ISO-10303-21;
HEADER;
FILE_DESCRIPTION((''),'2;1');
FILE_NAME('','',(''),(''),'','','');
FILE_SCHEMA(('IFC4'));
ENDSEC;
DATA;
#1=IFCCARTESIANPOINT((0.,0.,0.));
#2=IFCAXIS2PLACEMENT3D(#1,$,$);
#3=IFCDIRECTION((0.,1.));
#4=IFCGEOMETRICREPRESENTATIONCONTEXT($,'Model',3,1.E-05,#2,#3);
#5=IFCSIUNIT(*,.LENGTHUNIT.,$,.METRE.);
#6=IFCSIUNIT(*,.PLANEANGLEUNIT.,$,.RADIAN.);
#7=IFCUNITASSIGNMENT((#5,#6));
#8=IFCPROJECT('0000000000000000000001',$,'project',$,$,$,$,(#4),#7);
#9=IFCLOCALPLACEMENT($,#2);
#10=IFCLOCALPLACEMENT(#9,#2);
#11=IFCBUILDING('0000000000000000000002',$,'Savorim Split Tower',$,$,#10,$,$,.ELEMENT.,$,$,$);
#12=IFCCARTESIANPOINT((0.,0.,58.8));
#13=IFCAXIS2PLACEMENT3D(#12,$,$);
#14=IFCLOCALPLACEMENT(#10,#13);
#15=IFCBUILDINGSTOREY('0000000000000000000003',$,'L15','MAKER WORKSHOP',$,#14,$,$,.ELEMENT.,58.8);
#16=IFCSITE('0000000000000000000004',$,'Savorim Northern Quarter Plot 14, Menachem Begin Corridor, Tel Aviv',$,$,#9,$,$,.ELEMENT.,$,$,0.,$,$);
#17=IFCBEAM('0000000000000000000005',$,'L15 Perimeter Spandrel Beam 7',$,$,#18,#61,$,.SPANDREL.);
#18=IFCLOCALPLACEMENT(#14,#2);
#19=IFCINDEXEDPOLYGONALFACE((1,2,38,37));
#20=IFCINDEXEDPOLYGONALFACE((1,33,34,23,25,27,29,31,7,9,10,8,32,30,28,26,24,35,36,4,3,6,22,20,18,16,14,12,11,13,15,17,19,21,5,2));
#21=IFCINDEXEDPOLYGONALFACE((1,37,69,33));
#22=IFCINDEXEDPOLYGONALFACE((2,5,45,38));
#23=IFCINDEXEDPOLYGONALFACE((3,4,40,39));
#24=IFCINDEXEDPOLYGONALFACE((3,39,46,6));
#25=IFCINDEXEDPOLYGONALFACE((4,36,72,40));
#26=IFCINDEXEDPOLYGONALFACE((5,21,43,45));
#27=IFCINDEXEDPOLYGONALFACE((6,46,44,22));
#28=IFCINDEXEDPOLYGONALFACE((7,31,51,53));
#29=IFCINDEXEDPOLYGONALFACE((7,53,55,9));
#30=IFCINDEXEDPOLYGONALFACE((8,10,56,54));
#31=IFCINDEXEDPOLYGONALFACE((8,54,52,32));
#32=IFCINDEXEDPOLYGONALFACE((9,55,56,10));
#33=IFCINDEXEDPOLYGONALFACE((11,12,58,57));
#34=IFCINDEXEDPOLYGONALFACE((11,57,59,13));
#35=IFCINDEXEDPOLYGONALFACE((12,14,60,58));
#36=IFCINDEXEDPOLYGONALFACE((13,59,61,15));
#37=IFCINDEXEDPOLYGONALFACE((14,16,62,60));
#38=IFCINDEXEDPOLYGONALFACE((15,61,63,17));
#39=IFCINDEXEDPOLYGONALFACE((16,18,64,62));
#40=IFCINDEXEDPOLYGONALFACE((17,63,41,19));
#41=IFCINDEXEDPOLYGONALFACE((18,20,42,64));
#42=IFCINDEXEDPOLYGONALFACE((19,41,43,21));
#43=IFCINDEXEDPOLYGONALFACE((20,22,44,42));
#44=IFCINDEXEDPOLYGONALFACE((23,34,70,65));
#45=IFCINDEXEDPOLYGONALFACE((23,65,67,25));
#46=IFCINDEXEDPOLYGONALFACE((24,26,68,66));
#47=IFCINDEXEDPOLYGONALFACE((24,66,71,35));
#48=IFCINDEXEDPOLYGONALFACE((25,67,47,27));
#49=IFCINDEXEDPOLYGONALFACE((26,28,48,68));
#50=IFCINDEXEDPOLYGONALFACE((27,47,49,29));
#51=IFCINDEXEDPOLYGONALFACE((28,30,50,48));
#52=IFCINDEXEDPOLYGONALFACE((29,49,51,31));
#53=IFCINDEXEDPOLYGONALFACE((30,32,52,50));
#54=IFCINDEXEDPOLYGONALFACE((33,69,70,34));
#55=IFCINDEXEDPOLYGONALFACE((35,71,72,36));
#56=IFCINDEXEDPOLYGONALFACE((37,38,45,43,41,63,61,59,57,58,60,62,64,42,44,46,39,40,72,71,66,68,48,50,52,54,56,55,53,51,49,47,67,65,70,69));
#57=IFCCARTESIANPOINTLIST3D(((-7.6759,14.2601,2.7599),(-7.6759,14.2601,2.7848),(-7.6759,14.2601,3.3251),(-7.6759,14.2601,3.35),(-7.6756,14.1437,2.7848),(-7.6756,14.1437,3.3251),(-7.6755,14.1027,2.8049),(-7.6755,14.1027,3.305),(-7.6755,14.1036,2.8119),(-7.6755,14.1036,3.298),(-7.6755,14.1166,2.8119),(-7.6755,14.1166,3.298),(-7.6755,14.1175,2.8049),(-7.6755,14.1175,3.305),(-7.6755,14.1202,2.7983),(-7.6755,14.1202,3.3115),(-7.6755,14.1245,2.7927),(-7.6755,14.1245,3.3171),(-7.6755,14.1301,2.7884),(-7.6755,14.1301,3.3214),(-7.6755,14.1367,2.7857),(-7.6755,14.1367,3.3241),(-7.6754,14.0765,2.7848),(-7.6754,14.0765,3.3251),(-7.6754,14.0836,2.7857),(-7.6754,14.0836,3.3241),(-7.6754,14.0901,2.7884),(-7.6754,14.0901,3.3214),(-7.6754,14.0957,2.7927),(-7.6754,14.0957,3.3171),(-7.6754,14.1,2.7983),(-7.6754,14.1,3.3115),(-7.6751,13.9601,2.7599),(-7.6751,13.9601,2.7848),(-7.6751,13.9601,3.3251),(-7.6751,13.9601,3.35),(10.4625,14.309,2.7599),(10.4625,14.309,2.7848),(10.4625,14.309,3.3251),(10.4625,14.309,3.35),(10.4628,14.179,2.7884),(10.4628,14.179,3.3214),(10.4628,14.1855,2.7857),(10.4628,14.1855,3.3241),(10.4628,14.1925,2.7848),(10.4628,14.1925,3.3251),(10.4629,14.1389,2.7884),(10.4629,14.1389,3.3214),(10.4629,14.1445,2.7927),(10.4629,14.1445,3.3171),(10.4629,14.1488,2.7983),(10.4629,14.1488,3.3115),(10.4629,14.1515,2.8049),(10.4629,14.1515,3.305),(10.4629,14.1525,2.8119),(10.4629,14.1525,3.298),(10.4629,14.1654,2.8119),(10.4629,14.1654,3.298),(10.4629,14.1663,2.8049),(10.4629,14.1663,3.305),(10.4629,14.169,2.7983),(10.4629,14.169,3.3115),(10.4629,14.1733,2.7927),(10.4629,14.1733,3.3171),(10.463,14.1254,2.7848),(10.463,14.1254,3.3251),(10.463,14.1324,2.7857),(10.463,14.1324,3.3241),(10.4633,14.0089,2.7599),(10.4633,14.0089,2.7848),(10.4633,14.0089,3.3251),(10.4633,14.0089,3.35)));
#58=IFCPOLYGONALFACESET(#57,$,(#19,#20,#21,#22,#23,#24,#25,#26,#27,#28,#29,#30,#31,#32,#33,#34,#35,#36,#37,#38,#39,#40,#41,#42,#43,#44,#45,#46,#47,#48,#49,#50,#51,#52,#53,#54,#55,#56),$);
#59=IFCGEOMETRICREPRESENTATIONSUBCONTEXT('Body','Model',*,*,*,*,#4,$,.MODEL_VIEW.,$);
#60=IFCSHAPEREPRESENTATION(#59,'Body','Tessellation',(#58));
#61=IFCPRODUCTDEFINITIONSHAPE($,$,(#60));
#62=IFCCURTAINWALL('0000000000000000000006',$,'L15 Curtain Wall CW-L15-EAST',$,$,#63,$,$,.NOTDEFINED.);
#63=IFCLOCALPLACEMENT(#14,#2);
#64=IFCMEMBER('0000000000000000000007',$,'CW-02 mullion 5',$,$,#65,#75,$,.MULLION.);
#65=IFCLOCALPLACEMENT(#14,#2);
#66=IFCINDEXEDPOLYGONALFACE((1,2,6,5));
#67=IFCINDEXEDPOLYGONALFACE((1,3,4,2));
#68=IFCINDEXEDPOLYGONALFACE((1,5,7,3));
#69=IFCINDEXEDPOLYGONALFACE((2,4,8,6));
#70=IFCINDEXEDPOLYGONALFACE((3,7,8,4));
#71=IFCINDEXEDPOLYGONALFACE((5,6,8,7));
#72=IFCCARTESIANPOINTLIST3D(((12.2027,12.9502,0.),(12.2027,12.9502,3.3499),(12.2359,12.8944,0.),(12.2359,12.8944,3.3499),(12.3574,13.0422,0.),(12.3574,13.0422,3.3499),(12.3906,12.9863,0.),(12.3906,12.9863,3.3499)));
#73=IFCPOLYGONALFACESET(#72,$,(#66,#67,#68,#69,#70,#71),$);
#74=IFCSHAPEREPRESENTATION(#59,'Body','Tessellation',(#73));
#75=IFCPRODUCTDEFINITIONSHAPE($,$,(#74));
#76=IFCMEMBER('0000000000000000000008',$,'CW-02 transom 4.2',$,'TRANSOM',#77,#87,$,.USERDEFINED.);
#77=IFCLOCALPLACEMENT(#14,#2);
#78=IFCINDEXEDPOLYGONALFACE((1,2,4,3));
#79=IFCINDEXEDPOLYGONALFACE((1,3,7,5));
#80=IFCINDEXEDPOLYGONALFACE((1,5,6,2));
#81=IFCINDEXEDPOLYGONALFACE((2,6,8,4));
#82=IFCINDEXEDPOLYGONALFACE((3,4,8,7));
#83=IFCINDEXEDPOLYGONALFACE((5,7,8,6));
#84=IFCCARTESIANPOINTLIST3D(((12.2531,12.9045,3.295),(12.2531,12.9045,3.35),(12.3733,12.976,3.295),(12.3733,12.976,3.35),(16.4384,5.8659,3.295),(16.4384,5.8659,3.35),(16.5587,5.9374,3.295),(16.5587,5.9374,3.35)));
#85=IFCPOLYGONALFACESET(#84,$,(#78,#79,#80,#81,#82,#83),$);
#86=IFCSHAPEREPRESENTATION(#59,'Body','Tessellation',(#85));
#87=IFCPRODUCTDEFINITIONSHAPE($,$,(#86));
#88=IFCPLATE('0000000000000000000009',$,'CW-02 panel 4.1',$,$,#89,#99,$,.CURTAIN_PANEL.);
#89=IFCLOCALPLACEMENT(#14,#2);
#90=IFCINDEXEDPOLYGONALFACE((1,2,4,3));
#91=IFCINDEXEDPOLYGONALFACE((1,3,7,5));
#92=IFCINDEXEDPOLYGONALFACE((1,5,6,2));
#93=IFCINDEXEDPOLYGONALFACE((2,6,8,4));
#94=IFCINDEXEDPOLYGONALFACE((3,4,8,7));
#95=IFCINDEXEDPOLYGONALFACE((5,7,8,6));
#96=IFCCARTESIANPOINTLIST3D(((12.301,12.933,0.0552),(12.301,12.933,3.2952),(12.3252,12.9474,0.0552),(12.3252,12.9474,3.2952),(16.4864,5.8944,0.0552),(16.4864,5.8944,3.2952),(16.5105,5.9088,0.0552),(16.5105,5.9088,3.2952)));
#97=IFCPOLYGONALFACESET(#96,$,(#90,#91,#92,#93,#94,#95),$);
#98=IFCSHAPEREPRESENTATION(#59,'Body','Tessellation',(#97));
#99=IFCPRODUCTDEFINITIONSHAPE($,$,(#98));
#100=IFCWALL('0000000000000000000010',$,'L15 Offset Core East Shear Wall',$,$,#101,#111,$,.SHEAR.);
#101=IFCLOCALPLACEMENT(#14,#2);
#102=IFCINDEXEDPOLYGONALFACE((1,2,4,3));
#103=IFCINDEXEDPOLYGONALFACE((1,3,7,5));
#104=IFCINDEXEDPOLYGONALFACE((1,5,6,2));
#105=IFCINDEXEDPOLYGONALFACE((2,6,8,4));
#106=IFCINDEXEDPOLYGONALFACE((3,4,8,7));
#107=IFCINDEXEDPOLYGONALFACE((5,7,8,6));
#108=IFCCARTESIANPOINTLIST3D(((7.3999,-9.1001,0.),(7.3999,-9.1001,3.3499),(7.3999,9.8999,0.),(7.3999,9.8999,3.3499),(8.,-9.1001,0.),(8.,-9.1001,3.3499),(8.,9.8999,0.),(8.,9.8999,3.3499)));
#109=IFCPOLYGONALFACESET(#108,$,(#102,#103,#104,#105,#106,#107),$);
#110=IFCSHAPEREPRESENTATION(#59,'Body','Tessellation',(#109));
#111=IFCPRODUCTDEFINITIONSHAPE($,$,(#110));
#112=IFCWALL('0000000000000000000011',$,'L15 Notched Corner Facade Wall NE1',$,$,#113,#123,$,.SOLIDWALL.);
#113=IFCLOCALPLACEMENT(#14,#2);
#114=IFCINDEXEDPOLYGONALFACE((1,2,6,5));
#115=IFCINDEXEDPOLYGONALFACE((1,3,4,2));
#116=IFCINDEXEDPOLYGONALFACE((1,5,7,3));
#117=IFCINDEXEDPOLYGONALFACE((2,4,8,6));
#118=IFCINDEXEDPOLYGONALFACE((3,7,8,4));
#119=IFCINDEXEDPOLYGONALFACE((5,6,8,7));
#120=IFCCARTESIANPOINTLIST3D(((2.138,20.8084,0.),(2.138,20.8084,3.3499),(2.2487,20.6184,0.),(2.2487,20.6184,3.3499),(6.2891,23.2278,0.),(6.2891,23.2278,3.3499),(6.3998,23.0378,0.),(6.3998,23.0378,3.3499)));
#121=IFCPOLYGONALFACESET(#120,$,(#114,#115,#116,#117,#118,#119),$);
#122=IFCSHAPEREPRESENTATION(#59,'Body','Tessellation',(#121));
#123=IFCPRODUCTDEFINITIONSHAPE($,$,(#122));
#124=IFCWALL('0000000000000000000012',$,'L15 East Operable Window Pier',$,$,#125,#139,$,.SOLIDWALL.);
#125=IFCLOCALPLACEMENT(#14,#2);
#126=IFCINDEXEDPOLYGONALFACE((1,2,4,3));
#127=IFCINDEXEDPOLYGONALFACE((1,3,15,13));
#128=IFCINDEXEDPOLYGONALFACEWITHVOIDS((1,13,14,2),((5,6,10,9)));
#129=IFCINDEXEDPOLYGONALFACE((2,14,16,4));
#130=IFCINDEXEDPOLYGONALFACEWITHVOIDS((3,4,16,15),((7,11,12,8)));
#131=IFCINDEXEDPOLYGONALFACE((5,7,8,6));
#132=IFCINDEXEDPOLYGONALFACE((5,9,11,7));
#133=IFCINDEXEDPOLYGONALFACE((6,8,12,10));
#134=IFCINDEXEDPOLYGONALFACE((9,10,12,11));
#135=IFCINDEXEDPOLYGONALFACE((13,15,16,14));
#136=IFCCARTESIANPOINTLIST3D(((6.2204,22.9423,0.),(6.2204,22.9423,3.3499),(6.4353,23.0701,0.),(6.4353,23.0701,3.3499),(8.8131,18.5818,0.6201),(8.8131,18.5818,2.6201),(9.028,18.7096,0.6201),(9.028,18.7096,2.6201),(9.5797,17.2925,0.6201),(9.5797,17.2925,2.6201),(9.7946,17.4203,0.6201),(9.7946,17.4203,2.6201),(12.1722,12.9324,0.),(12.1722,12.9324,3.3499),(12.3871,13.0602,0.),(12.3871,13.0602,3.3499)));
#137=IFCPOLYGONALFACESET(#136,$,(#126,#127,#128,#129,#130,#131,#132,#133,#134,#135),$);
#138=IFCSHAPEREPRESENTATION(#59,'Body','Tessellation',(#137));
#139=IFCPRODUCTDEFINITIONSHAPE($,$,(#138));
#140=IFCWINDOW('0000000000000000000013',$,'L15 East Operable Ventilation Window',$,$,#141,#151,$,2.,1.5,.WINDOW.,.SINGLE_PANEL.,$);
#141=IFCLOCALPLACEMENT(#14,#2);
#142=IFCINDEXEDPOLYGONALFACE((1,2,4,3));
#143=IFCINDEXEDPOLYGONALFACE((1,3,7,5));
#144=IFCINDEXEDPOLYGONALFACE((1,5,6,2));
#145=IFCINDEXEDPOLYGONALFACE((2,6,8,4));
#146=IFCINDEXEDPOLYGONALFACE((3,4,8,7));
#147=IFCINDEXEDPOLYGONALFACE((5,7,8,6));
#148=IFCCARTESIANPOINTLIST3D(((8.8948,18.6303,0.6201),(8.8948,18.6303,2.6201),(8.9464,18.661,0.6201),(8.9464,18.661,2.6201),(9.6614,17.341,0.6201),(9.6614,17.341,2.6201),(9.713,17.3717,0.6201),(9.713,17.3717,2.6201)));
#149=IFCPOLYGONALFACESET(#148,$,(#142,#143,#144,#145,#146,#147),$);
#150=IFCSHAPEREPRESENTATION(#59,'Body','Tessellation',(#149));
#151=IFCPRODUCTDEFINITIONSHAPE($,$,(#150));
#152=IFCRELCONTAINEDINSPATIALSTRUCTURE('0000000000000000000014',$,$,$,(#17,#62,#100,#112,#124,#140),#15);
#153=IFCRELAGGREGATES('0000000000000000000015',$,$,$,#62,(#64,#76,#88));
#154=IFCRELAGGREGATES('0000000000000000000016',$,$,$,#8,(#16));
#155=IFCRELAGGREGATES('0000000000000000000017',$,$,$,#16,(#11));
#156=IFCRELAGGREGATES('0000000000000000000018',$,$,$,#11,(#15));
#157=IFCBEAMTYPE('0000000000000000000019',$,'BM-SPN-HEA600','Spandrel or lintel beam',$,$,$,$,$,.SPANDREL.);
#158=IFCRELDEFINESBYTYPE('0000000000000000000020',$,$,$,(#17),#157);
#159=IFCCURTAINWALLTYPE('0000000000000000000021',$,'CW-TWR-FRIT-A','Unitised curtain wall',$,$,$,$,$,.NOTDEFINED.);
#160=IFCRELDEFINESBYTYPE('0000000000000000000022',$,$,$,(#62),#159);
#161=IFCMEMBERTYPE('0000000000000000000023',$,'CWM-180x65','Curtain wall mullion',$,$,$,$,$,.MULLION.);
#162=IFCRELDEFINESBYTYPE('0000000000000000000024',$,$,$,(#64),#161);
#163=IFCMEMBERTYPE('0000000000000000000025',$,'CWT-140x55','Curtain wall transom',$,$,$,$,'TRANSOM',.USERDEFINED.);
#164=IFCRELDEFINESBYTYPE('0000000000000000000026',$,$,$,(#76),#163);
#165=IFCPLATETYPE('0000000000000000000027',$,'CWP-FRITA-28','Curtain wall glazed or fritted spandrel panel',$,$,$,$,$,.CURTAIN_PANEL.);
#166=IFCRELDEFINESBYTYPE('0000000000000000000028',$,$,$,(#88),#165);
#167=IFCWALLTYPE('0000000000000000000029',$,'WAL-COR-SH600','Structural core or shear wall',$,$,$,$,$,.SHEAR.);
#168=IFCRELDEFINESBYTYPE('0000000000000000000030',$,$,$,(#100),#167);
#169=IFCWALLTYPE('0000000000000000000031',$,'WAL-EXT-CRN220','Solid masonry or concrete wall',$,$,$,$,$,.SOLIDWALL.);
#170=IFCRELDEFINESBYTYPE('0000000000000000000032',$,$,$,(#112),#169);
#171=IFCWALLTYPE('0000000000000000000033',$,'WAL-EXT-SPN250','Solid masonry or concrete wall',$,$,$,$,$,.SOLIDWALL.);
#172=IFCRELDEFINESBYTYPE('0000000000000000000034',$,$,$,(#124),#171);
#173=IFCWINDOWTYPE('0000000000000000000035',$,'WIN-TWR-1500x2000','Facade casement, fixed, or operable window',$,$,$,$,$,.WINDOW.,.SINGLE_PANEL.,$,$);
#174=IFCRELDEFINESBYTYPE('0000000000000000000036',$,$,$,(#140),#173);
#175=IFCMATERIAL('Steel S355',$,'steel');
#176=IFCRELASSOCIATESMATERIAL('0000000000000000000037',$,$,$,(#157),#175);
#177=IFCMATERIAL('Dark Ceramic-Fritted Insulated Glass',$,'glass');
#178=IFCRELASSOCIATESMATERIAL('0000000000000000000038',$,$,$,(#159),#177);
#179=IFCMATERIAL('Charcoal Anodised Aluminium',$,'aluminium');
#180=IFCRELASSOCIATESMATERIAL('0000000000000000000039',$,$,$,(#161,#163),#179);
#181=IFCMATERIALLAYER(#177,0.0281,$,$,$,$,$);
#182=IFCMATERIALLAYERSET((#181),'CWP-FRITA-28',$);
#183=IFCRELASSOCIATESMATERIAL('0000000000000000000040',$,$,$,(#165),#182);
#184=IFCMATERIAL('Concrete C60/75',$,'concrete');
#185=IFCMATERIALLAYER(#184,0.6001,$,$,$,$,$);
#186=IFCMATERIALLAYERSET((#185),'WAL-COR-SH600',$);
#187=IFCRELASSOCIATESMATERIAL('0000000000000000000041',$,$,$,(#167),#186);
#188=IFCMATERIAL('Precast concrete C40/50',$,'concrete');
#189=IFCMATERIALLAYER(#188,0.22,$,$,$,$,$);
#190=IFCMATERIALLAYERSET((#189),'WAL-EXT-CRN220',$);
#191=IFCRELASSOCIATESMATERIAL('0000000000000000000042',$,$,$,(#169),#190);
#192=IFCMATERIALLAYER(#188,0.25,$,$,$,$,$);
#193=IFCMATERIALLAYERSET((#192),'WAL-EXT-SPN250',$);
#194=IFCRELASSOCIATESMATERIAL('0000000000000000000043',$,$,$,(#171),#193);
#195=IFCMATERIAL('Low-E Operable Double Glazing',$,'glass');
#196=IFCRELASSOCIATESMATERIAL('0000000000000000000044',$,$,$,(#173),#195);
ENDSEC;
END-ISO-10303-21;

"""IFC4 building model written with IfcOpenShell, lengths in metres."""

from ifc_helpers import new_model, si_unit, direction, frame, frame_2d, origin, origin_2d, place, context, subcontext, project, spatial, rectangle, i_section, extrude, material, layer, layer_set, material_profile, profile_set, type_object, element, fill, aggregate, save


model = new_model("IFC4")

# Units and contexts
model_context = context("Model", 3, precision=1e-05, world=origin(), true_north=direction((0.0, 1.0)))
body_context = subcontext(model_context, "Body", "Model", "MODEL_VIEW")
ifc_project = project(units=[si_unit("LENGTHUNIT", "METRE"), si_unit("PLANEANGLEUNIT", "RADIAN")], contexts=[model_context])

# Site, building, storey
site_placement = place(None, origin())
site = spatial("IfcSite", under=ifc_project, at=site_placement, Name="Savorim Northern Quarter Plot 14, Menachem Begin Corridor, Tel Aviv", CompositionType="ELEMENT", RefElevation=0.0)
building_placement = place(site_placement, origin())
building = spatial("IfcBuilding", under=site, at=building_placement, Name="Savorim Split Tower", CompositionType="ELEMENT")
storey_placement = place(building_placement, frame((0.0, 0.0, 58.8)))
storey = spatial("IfcBuildingStorey", under=building, at=storey_placement, Name="L15", Description="MAKER WORKSHOP", CompositionType="ELEMENT", Elevation=58.8)

# Beam
ifc_material_1 = material(Name="Steel S355", Category="steel")
ifc_material_profile_1 = material_profile(ifc_material_1, i_section(OverallWidth=0.3, OverallDepth=0.5901, WebThickness=0.0129, FlangeThickness=0.0249, FilletRadius=0.0271, at=origin_2d()), Name="HEA 600")
ifc_profile_set_1 = profile_set([ifc_material_profile_1], Name="Steel S355")
beam_type_1 = type_object("IfcBeamType", Name="BM-SPN-HEA600", Description="Spandrel or lintel beam", PredefinedType="SPANDREL", material=ifc_profile_set_1)
beam_1_placement = place(storey_placement, frame((10.4629, 14.1589, 3.0549), z_axis=(-0.999996, -0.002692, 0.0), x_axis=(0.002692, -0.999996, 0.0)))
element("IfcBeam", 1, at=beam_1_placement, inside=storey, type_object=beam_type_1, Name="L15 Perimeter Spandrel Beam 7", PredefinedType="SPANDREL", context=body_context, shape_type="SweptSolid", body=[
    extrude(i_section(OverallWidth=0.3, OverallDepth=0.5901, WebThickness=0.0129, FlangeThickness=0.0249, FilletRadius=0.0271, at=origin_2d()), origin(), (0.0, 0.0, 1.0), 18.1384),
])

# Curtain wall, members, plate
ifc_material_2 = material(Name="Dark Ceramic-Fritted Insulated Glass", Category="glass")
curtain_wall_type = type_object("IfcCurtainWallType", Name="CW-TWR-FRIT-A", Description="Unitised curtain wall", PredefinedType="NOTDEFINED", material=ifc_material_2)
curtain_wall_placement = place(storey_placement, origin())
curtain_wall = element("IfcCurtainWall", 2, at=curtain_wall_placement, inside=storey, type_object=curtain_wall_type, Name="L15 Curtain Wall CW-L15-EAST", PredefinedType="NOTDEFINED")
ifc_material_3 = material(Name="Charcoal Anodised Aluminium", Category="aluminium")
ifc_material_profile_2 = material_profile(ifc_material_3, rectangle(XDim=0.1799, YDim=0.0649, at=origin_2d()), Name="ALU-M 180x65")
ifc_profile_set_2 = profile_set([ifc_material_profile_2], Name="Charcoal Anodised Aluminium")
member_type_1 = type_object("IfcMemberType", Name="CWM-180x65", Description="Curtain wall mullion", PredefinedType="MULLION", material=ifc_profile_set_2)
member_1_placement = place(storey_placement, frame((12.2966, 12.9683, 0.0), z_axis=(0.0, 0.0, 1.0), x_axis=(-0.859526, -0.511092, 0.0)))
member_1 = element("IfcMember", 3, at=member_1_placement, type_object=member_type_1, Name="CW-02 mullion 5", PredefinedType="MULLION", context=body_context, shape_type="SweptSolid", body=[
    extrude(rectangle(XDim=0.1799, YDim=0.0649, at=origin_2d()), origin(), (0.0, 0.0, 1.0), 3.3499),
])
ifc_material_profile_3 = material_profile(ifc_material_3, rectangle(XDim=0.1399, YDim=0.0549, at=origin_2d()), Name="ALU-T 140x55")
ifc_profile_set_3 = profile_set([ifc_material_profile_3], Name="Charcoal Anodised Aluminium")
member_type_2 = type_object("IfcMemberType", Name="CWT-140x55", Description="Curtain wall transom", ElementType="TRANSOM", PredefinedType="USERDEFINED", material=ifc_profile_set_3)
member_2_placement = place(storey_placement, frame((16.4985, 5.9016, 3.3225), z_axis=(-0.511094, 0.859525, 0.0), x_axis=(-0.859525, -0.511094, 0.0)))
member_2 = element("IfcMember", 4, at=member_2_placement, type_object=member_type_2, Name="CW-02 transom 4.2", ObjectType="TRANSOM", PredefinedType="USERDEFINED", context=body_context, shape_type="SweptSolid", body=[
    extrude(rectangle(XDim=0.1399, YDim=0.0549, at=origin_2d()), origin(), (0.0, 0.0, 1.0), 8.189),
])
ifc_layer_1 = layer(ifc_material_2, 0.0281)
ifc_layer_set_1 = layer_set([ifc_layer_1], Name="CWP-FRITA-28")
plate_type = type_object("IfcPlateType", Name="CWP-FRITA-28", Description="Curtain wall glazed or fritted spandrel panel", PredefinedType="CURTAIN_PANEL", material=ifc_layer_set_1)
plate_placement = place(storey_placement, frame((14.4058, 9.4209, 0.0552), z_axis=(0.0, 0.0, 1.0), x_axis=(-0.511092, 0.859526, 0.0)))
plate = element("IfcPlate", 5, at=plate_placement, type_object=plate_type, Name="CW-02 panel 4.1", PredefinedType="CURTAIN_PANEL", context=body_context, shape_type="SweptSolid", body=[
    extrude(rectangle(XDim=8.189, YDim=0.0281, at=origin_2d()), origin(), (0.0, 0.0, 1.0), 3.24),
])
aggregate(curtain_wall, [member_1, member_2, plate])

# Shared definitions
ifc_material_4 = material(Name="Concrete C60/75", Category="concrete")
ifc_layer_2 = layer(ifc_material_4, 0.6001)
ifc_layer_set_2 = layer_set([ifc_layer_2], Name="WAL-COR-SH600")
wall_type_1 = type_object("IfcWallType", Name="WAL-COR-SH600", Description="Structural core or shear wall", PredefinedType="SHEAR", material=ifc_layer_set_2)

# Walls
wall_1_placement = place(storey_placement, frame((7.7, 9.8999, 0.0), z_axis=(0.0, 0.0, 1.0), x_axis=(0.0, -1.0, 0.0)))
element("IfcWall", 6, at=wall_1_placement, inside=storey, type_object=wall_type_1, Name="L15 Offset Core East Shear Wall", PredefinedType="SHEAR", context=body_context, shape_type="SweptSolid", body=[
    extrude(rectangle(XDim=19.0, YDim=0.6001, at=frame_2d((9.5, 0.0))), origin(), (0.0, 0.0, 1.0), 3.3499),
])
ifc_material_5 = material(Name="Precast concrete C40/50", Category="concrete")
ifc_layer_3 = layer(ifc_material_5, 0.22)
ifc_layer_set_3 = layer_set([ifc_layer_3], Name="WAL-EXT-CRN220")
wall_type_2 = type_object("IfcWallType", Name="WAL-EXT-CRN220", Description="Solid masonry or concrete wall", PredefinedType="SOLIDWALL", material=ifc_layer_set_3)
wall_2_placement = place(storey_placement, frame((2.1934, 20.7134, 0.0), z_axis=(0.0, 0.0, 1.0), x_axis=(0.863965, 0.503552, 0.0)))
element("IfcWall", 7, at=wall_2_placement, inside=storey, type_object=wall_type_2, Name="L15 Notched Corner Facade Wall NE1", PredefinedType="SOLIDWALL", context=body_context, shape_type="SweptSolid", body=[
    extrude(rectangle(XDim=4.8047, YDim=0.22, at=frame_2d((2.4023, 0.0))), origin(), (0.0, 0.0, 1.0), 3.3499),
])

# Wall, opening, window
ifc_layer_4 = layer(ifc_material_5, 0.25)
ifc_layer_set_4 = layer_set([ifc_layer_4], Name="WAL-EXT-SPN250")
wall_type_3 = type_object("IfcWallType", Name="WAL-EXT-SPN250", Description="Solid masonry or concrete wall", PredefinedType="SOLIDWALL", material=ifc_layer_set_4)
wall_3_placement = place(storey_placement, frame((6.3279, 23.0061, 0.0), z_axis=(0.0, 0.0, 1.0), x_axis=(0.511076, -0.859536, 0.0)))
wall_3 = element("IfcWall", 8, at=wall_3_placement, inside=storey, type_object=wall_type_3, Name="L15 East Operable Window Pier", PredefinedType="SOLIDWALL", context=body_context, shape_type="SweptSolid", body=[
    extrude(rectangle(XDim=11.6458, YDim=0.25, at=frame_2d((5.8228, 0.0))), origin(), (0.0, 0.0, 1.0), 3.3499),
])
opening_1_placement = place(wall_3_placement, frame((5.073, 0.0, 0.6201)))
opening_1 = element("IfcOpeningElement", 9, at=opening_1_placement, cuts=wall_3, PredefinedType="OPENING", context=body_context, shape_type="SweptSolid", body=[
    extrude(rectangle(XDim=1.5, YDim=2.0, at=frame_2d((0.75, 1.0))), frame((0.0, 0.135, 0.0), z_axis=(0.0, -1.0, 0.0), x_axis=(1.0, 0.0, 0.0)), (0.0, 0.0, 1.0), 0.27),
])
ifc_material_6 = material(Name="Low-E Operable Double Glazing", Category="glass")
window_type = type_object("IfcWindowType", Name="WIN-TWR-1500x2000", Description="Facade casement, fixed, or operable window", PartitioningType="SINGLE_PANEL", PredefinedType="WINDOW", material=ifc_material_6)
window_placement = place(opening_1_placement, origin())
window = element("IfcWindow", 10, at=window_placement, inside=storey, type_object=window_type, Name="L15 East Operable Ventilation Window", OverallHeight=2.0, OverallWidth=1.5, PartitioningType="SINGLE_PANEL", PredefinedType="WINDOW", context=body_context, shape_type="SweptSolid", body=[
    extrude(rectangle(XDim=1.5, YDim=2.0, at=frame_2d((0.75, 1.0))), frame((0.0, 0.03, 0.0), z_axis=(0.0, -1.0, 0.0), x_axis=(1.0, 0.0, 0.0)), (0.0, 0.0, 1.0), 0.0601),
])
fill(opening_1, window)

save(model, "model.ifc")
